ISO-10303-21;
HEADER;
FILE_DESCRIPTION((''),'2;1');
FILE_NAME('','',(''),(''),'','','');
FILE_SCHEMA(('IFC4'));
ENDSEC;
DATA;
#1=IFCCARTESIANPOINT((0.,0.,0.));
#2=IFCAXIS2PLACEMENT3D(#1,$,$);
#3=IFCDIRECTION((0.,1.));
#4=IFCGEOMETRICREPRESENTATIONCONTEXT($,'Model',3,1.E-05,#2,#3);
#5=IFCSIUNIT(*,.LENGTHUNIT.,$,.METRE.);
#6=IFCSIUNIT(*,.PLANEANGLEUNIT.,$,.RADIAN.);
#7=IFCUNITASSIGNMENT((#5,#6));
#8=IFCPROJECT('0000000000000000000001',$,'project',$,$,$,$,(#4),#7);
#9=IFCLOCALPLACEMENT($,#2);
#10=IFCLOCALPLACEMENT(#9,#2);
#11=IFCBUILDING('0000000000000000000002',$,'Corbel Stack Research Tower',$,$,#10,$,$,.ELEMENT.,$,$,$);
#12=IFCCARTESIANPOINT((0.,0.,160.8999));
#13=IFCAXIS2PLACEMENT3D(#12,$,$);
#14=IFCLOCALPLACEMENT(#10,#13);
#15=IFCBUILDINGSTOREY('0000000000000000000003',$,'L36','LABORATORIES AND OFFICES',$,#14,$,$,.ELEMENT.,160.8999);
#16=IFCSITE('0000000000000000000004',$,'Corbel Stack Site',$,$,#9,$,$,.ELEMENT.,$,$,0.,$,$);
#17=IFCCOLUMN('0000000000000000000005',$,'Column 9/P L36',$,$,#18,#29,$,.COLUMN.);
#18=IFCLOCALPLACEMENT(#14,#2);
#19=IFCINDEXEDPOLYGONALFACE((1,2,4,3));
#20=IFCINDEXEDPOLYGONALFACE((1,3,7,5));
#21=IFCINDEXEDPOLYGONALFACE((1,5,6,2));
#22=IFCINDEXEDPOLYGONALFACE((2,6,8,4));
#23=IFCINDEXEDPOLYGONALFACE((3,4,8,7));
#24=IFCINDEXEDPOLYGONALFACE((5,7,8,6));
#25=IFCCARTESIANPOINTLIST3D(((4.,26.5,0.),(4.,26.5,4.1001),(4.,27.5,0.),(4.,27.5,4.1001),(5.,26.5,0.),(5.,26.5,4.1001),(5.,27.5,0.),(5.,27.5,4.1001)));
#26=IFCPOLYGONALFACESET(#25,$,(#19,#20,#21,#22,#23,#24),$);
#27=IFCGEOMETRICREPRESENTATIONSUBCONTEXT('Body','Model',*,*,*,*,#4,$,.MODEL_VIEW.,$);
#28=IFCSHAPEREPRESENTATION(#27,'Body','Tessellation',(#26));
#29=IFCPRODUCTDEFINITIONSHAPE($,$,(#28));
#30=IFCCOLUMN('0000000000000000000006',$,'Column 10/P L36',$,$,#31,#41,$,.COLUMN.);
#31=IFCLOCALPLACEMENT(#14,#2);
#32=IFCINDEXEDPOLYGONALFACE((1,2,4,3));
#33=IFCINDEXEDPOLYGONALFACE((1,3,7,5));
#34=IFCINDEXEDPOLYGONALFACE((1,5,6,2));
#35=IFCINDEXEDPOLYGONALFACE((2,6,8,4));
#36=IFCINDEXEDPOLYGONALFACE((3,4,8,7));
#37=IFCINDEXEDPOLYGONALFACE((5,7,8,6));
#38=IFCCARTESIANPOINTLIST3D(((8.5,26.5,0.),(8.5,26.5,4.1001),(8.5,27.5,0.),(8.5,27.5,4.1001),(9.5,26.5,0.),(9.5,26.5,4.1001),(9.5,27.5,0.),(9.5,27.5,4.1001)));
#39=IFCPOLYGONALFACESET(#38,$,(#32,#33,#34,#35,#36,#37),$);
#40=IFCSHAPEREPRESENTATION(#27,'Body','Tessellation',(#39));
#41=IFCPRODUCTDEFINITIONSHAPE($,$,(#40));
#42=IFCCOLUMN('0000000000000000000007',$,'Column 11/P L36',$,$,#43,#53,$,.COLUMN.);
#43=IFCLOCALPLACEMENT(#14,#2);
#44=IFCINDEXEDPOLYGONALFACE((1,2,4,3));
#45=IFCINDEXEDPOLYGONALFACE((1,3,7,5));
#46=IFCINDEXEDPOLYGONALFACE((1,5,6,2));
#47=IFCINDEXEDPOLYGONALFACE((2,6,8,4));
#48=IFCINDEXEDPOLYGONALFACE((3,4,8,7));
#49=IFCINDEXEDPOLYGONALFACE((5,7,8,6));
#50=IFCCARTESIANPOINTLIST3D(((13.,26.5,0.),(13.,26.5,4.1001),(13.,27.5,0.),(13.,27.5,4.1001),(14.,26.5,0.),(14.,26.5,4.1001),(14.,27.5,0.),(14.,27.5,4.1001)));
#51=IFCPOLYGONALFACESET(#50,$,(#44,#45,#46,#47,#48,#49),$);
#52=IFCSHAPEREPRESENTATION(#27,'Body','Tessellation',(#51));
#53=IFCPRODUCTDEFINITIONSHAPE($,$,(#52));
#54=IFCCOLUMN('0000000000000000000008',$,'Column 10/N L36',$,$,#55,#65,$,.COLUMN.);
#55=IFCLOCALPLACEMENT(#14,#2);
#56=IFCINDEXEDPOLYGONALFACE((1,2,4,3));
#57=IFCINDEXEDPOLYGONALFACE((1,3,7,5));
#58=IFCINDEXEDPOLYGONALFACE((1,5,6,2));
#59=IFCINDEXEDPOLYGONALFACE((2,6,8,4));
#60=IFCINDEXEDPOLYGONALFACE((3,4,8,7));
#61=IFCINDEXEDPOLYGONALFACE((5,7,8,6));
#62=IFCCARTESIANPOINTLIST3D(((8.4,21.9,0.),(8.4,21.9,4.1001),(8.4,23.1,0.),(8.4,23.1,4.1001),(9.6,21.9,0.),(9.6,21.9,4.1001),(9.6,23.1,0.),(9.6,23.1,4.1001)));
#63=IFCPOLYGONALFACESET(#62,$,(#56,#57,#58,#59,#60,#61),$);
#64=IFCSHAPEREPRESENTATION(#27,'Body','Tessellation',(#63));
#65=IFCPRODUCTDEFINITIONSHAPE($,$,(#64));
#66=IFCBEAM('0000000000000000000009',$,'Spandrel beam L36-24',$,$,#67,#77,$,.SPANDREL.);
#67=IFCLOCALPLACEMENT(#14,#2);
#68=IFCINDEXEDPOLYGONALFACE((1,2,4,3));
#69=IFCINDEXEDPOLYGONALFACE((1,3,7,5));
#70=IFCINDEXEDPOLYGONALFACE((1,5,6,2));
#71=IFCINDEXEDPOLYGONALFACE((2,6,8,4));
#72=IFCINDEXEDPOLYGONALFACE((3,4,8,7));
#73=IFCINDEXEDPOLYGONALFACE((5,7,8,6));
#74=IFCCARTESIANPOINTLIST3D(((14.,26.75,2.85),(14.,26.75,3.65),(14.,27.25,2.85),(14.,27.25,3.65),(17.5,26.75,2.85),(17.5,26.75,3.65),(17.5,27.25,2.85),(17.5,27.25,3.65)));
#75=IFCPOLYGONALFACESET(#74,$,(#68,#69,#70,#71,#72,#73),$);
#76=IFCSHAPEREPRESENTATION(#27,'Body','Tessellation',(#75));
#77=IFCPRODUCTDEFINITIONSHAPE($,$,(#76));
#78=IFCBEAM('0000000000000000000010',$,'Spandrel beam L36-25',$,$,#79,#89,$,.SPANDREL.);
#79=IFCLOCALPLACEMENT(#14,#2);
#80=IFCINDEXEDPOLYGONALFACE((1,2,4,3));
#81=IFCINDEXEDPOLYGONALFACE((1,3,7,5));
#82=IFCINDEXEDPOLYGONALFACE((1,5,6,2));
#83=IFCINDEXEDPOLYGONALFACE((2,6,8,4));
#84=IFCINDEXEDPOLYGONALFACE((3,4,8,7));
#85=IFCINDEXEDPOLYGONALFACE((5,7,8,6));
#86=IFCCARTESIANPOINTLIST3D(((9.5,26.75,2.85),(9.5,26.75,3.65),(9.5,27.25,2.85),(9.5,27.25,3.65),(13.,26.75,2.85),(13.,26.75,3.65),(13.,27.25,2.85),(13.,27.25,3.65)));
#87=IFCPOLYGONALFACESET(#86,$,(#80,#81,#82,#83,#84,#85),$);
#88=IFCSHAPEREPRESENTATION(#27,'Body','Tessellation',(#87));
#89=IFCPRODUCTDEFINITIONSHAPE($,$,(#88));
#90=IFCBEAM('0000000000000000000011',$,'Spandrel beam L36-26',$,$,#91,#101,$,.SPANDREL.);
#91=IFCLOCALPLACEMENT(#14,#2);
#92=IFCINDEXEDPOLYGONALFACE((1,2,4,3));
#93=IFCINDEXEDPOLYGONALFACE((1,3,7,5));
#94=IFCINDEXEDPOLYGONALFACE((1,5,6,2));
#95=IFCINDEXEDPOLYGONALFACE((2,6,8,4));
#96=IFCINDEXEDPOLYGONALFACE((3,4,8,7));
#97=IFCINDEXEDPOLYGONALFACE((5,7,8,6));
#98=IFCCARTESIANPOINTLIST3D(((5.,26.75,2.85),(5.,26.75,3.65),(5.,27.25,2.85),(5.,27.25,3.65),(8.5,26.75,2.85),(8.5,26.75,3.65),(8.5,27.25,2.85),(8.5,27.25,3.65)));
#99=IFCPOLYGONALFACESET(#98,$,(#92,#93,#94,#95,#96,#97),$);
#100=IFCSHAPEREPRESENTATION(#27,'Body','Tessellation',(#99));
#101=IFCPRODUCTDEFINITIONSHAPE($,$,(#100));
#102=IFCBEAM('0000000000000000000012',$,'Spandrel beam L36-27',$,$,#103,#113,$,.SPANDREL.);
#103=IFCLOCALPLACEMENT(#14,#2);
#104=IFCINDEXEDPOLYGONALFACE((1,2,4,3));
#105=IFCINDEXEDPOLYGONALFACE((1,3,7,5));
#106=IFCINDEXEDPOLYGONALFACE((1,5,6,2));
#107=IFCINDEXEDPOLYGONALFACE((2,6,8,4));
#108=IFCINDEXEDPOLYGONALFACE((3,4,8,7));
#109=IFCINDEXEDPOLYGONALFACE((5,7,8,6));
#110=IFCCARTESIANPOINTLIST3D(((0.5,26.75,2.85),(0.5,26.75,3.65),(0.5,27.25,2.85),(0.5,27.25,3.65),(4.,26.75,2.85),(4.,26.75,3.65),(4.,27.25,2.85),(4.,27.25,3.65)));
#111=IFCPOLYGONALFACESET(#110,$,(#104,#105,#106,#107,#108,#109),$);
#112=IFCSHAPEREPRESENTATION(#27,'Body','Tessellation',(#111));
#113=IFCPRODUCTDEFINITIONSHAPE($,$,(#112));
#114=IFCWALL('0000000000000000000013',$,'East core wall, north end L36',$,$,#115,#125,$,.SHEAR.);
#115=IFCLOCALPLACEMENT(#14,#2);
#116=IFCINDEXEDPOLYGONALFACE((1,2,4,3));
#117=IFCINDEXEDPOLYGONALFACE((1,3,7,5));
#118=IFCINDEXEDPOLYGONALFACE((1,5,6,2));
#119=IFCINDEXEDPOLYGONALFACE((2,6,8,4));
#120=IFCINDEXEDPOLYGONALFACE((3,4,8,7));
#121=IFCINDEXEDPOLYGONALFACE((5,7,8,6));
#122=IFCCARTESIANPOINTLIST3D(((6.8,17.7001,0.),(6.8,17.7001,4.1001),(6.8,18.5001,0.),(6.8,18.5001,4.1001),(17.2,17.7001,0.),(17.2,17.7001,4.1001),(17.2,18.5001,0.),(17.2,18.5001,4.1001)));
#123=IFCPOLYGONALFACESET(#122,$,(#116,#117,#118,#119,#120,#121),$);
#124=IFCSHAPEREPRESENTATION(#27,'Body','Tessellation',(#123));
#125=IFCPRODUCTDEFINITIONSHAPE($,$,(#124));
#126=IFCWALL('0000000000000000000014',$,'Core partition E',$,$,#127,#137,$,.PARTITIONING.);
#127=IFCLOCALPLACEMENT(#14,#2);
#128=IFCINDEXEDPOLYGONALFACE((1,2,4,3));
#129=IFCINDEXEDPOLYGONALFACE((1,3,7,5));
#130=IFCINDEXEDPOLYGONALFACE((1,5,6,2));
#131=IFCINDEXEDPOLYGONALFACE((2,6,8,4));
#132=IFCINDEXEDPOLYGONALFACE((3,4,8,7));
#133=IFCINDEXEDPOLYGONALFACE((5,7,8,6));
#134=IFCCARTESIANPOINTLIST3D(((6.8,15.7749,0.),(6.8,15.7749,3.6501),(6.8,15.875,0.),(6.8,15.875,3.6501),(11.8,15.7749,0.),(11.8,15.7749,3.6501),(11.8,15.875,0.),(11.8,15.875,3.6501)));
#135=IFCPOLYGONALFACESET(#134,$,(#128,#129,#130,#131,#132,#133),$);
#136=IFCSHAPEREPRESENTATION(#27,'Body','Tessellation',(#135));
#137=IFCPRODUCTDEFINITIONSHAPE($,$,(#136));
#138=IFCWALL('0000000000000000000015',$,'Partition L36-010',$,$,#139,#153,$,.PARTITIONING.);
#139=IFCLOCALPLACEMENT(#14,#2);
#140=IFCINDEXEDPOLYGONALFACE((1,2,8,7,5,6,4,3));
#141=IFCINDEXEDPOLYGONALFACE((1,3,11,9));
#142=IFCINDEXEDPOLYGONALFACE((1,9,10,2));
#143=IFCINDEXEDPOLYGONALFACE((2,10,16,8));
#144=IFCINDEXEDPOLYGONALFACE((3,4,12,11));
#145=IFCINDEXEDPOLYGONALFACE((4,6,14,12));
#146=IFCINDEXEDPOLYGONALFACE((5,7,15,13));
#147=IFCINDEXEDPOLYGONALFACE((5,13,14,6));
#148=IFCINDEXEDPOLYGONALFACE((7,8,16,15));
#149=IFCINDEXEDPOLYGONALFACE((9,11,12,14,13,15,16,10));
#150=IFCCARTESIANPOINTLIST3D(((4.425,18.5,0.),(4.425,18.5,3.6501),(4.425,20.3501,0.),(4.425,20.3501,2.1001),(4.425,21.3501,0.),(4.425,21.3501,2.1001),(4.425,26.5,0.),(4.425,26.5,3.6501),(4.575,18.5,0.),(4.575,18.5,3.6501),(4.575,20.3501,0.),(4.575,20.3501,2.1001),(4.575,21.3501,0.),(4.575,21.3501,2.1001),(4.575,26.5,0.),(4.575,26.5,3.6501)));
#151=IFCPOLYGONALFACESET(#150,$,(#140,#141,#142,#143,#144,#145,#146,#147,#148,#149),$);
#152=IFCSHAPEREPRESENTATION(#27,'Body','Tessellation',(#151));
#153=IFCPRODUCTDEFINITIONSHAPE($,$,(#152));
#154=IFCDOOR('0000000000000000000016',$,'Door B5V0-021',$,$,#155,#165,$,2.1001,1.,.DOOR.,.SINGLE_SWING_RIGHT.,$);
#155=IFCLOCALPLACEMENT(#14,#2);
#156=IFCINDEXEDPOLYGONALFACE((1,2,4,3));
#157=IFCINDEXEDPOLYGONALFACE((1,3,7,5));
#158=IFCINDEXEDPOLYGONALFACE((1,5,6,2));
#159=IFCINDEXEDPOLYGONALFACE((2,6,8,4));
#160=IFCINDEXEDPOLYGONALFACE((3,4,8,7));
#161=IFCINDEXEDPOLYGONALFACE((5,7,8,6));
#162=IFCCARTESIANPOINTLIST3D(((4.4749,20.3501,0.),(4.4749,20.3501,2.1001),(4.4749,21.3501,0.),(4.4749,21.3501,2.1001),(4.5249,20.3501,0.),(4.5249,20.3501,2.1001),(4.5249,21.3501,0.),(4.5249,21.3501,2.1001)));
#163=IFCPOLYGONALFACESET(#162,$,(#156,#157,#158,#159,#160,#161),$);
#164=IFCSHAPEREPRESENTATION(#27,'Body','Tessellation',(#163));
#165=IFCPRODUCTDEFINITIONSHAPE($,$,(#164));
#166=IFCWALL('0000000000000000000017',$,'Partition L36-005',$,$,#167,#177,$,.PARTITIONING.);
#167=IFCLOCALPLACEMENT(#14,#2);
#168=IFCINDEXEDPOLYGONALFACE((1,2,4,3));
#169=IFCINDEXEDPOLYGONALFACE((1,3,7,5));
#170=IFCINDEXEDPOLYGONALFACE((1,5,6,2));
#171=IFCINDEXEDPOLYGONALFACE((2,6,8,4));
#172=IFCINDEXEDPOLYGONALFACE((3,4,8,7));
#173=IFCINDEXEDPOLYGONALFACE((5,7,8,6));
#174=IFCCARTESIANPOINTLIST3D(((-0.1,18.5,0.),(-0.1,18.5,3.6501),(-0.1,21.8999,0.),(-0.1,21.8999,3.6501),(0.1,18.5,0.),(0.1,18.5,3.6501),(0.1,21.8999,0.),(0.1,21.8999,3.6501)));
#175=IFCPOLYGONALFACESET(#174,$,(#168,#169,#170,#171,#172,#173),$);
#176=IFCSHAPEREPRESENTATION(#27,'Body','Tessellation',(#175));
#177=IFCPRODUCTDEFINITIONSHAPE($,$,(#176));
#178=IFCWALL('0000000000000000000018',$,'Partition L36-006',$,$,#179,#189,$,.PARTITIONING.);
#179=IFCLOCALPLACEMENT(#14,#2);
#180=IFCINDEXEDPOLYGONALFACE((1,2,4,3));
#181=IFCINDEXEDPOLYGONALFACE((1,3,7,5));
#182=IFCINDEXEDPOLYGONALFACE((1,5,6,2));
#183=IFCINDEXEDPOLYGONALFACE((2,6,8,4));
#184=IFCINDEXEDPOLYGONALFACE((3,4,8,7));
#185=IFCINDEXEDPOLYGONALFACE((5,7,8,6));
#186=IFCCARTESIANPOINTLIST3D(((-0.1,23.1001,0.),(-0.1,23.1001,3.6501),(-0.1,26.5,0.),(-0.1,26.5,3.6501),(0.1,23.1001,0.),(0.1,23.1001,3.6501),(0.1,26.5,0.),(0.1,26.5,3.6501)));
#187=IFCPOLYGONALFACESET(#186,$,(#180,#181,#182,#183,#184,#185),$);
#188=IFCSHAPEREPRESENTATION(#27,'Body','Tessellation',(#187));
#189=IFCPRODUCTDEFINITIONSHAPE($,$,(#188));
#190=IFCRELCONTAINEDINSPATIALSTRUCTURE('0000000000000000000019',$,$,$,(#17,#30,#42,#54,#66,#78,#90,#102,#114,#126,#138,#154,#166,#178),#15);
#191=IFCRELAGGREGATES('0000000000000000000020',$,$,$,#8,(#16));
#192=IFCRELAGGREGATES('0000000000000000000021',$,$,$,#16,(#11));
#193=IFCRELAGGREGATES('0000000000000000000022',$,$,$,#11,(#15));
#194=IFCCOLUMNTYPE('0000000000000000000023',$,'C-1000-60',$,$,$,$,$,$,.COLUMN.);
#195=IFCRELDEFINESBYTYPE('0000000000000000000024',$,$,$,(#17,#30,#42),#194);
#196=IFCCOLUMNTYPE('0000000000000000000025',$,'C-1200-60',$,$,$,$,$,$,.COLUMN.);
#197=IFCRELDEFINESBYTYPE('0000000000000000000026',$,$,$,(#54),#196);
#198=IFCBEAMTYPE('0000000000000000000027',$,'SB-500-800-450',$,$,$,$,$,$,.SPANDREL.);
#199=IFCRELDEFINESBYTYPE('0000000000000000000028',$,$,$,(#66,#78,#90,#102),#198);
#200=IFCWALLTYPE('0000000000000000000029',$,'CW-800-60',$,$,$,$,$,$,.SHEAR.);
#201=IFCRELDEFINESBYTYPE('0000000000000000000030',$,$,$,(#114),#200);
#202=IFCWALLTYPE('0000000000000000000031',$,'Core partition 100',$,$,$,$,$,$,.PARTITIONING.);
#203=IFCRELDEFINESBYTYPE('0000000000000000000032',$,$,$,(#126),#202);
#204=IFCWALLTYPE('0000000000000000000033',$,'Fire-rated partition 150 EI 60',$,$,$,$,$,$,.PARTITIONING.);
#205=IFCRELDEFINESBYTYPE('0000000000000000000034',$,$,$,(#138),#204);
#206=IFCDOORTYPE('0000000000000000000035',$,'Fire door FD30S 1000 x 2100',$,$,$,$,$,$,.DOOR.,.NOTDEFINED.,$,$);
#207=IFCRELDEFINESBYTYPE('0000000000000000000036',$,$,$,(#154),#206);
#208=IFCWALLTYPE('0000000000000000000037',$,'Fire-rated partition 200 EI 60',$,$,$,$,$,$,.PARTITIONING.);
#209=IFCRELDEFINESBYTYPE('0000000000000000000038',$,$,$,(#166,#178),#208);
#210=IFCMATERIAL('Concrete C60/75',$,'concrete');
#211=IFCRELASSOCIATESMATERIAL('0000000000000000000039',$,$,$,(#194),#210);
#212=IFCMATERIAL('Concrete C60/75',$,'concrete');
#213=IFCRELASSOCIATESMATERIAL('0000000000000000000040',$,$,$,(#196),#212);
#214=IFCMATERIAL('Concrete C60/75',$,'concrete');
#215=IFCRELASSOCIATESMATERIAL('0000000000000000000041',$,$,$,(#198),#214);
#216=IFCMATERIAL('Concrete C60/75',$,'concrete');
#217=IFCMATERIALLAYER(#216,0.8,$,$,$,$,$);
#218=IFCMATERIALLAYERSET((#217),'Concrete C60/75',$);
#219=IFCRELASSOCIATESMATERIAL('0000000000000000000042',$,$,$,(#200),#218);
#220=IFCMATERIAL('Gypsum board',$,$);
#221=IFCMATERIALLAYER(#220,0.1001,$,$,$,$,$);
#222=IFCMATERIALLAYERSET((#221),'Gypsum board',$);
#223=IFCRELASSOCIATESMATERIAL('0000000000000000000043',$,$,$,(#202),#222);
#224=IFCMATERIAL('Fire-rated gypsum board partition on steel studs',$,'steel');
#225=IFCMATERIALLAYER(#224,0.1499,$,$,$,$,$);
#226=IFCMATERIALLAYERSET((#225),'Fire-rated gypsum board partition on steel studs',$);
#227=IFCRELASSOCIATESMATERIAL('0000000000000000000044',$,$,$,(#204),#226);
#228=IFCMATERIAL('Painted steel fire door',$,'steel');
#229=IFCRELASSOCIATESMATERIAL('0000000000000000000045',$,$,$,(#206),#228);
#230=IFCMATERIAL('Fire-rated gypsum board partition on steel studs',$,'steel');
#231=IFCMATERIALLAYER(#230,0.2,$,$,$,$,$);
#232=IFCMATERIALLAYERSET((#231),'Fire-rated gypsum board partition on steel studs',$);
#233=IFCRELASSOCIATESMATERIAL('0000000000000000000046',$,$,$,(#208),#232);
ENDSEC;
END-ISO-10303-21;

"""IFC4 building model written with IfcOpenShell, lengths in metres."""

from ifc_helpers import new_model, si_unit, direction, frame, frame_2d, origin, origin_2d, place, context, subcontext, project, spatial, rectangle, extrude, material, layer, layer_set, material_profile, profile_set, type_object, element, fill, save


model = new_model("IFC4")

# Units and contexts
model_context = context("Model", 3, precision=1e-05, world=origin(), true_north=direction((0.0, 1.0)))
body_context = subcontext(model_context, "Body", "Model", "MODEL_VIEW")
ifc_project = project(units=[si_unit("LENGTHUNIT", "METRE"), si_unit("PLANEANGLEUNIT", "RADIAN")], contexts=[model_context])

# Site, building, storey
site_placement = place(None, origin())
site = spatial("IfcSite", under=ifc_project, at=site_placement, Name="Corbel Stack Site", CompositionType="ELEMENT", RefElevation=0.0)
building_placement = place(site_placement, origin())
building = spatial("IfcBuilding", under=site, at=building_placement, Name="Corbel Stack Research Tower", CompositionType="ELEMENT")
storey_placement = place(building_placement, frame((0.0, 0.0, 160.8999)))
storey = spatial("IfcBuildingStorey", under=building, at=storey_placement, Name="L36", Description="LABORATORIES AND OFFICES", CompositionType="ELEMENT", Elevation=160.8999)

# Columns
ifc_material_1 = material(Name="Concrete C60/75", Category="concrete")
ifc_material_profile_1 = material_profile(ifc_material_1, rectangle(XDim=1.0, YDim=1.0, at=origin_2d()), Name="RC 1000 x 1000")
ifc_profile_set_1 = profile_set([ifc_material_profile_1], Name="Concrete C60/75")
column_type_1 = type_object("IfcColumnType", Name="C-1000-60", PredefinedType="COLUMN", material=ifc_profile_set_1)
for number, where, z_axis, x_axis, name in (
    (1, (4.5, 27.0, 0.0), (0.0, 0.0, 1.0), (1.0, 0.0, 0.0), "Column 9/P L36"),
    (2, (9.0, 27.0, 0.0), (0.0, 0.0, 1.0), (1.0, 0.0, 0.0), "Column 10/P L36"),
    (3, (13.5, 27.0, 0.0), (0.0, 0.0, 1.0), (1.0, 0.0, 0.0), "Column 11/P L36"),
):
    element("IfcColumn", number, at=place(storey_placement, frame(where, z_axis=z_axis, x_axis=x_axis)), inside=storey, type_object=column_type_1, Name=name, PredefinedType="COLUMN", context=body_context, shape_type="SweptSolid", body=[
        extrude(rectangle(XDim=1.0, YDim=1.0, at=origin_2d()), origin(), (0.0, 0.0, 1.0), 4.1001),
    ])
ifc_material_2 = material(Name="Concrete C60/75", Category="concrete")
ifc_material_profile_2 = material_profile(ifc_material_2, rectangle(XDim=1.2, YDim=1.2, at=origin_2d()), Name="RC 1200 x 1200")
ifc_profile_set_2 = profile_set([ifc_material_profile_2], Name="Concrete C60/75")
column_type_2 = type_object("IfcColumnType", Name="C-1200-60", PredefinedType="COLUMN", material=ifc_profile_set_2)
column_placement = place(storey_placement, frame((9.0, 22.5, 0.0), z_axis=(0.0, 0.0, 1.0), x_axis=(1.0, 0.0, 0.0)))
element("IfcColumn", 4, at=column_placement, inside=storey, type_object=column_type_2, Name="Column 10/N L36", PredefinedType="COLUMN", context=body_context, shape_type="SweptSolid", body=[
    extrude(rectangle(XDim=1.2, YDim=1.2, at=origin_2d()), origin(), (0.0, 0.0, 1.0), 4.1001),
])

# Beams
ifc_material_3 = material(Name="Concrete C60/75", Category="concrete")
ifc_material_profile_3 = material_profile(ifc_material_3, rectangle(XDim=0.5, YDim=0.8, at=origin_2d()), Name="RC 500 x 800")
ifc_profile_set_3 = profile_set([ifc_material_profile_3], Name="Concrete C60/75")
beam_type = type_object("IfcBeamType", Name="SB-500-800-450", PredefinedType="SPANDREL", material=ifc_profile_set_3)
for number, where, z_axis, x_axis, name in (
    (5, (17.5, 27.0, 3.25), (-1.0, 0.0, 0.0), (0.0, -1.0, 0.0), "Spandrel beam L36-24"),
    (6, (13.0, 27.0, 3.25), (-1.0, 0.0, 0.0), (0.0, -1.0, 0.0), "Spandrel beam L36-25"),
    (7, (8.5, 27.0, 3.25), (-1.0, 0.0, 0.0), (0.0, -1.0, 0.0), "Spandrel beam L36-26"),
    (8, (4.0, 27.0, 3.25), (-1.0, 0.0, 0.0), (0.0, -1.0, 0.0), "Spandrel beam L36-27"),
):
    element("IfcBeam", number, at=place(storey_placement, frame(where, z_axis=z_axis, x_axis=x_axis)), inside=storey, type_object=beam_type, Name=name, PredefinedType="SPANDREL", context=body_context, shape_type="SweptSolid", body=[
        extrude(rectangle(XDim=0.5, YDim=0.8, at=origin_2d()), origin(), (0.0, 0.0, 1.0), 3.5),
    ])

# Walls
ifc_material_4 = material(Name="Concrete C60/75", Category="concrete")
ifc_layer_1 = layer(ifc_material_4, 0.8)
ifc_layer_set_1 = layer_set([ifc_layer_1], Name="Concrete C60/75")
wall_type_1 = type_object("IfcWallType", Name="CW-800-60", PredefinedType="SHEAR", material=ifc_layer_set_1)
wall_1_placement = place(storey_placement, frame((6.8, 18.1001, 0.0), z_axis=(0.0, 0.0, 1.0), x_axis=(1.0, 0.0, 0.0)))
element("IfcWall", 9, at=wall_1_placement, inside=storey, type_object=wall_type_1, Name="East core wall, north end L36", PredefinedType="SHEAR", context=body_context, shape_type="SweptSolid", body=[
    extrude(rectangle(XDim=10.3999, YDim=0.8, at=frame_2d((5.2, 0.0))), origin(), (0.0, 0.0, 1.0), 4.1001),
])
ifc_material_5 = material(Name="Gypsum board")
ifc_layer_2 = layer(ifc_material_5, 0.1001)
ifc_layer_set_2 = layer_set([ifc_layer_2], Name="Gypsum board")
wall_type_2 = type_object("IfcWallType", Name="Core partition 100", PredefinedType="PARTITIONING", material=ifc_layer_set_2)
wall_2_placement = place(storey_placement, frame((6.8, 15.825, 0.0), z_axis=(0.0, 0.0, 1.0), x_axis=(1.0, 0.0, 0.0)))
element("IfcWall", 10, at=wall_2_placement, inside=storey, type_object=wall_type_2, Name="Core partition E", PredefinedType="PARTITIONING", context=body_context, shape_type="SweptSolid", body=[
    extrude(rectangle(XDim=5.0, YDim=0.1001, at=frame_2d((2.5, 0.0))), origin(), (0.0, 0.0, 1.0), 3.6501),
])

# Wall, opening, door
ifc_material_6 = material(Name="Fire-rated gypsum board partition on steel studs", Category="steel")
ifc_layer_3 = layer(ifc_material_6, 0.1499)
ifc_layer_set_3 = layer_set([ifc_layer_3], Name="Fire-rated gypsum board partition on steel studs")
wall_type_3 = type_object("IfcWallType", Name="Fire-rated partition 150 EI 60", PredefinedType="PARTITIONING", material=ifc_layer_set_3)
wall_3_placement = place(storey_placement, frame((4.5, 26.5, 0.0), z_axis=(0.0, 0.0, 1.0), x_axis=(0.0, -1.0, 0.0)))
wall_3 = element("IfcWall", 11, at=wall_3_placement, inside=storey, type_object=wall_type_3, Name="Partition L36-010", PredefinedType="PARTITIONING", context=body_context, shape_type="SweptSolid", body=[
    extrude(rectangle(XDim=8.0, YDim=0.1499, at=frame_2d((4.0, 0.0))), origin(), (0.0, 0.0, 1.0), 3.6501),
])
opening_1_placement = place(wall_3_placement, frame((5.1499, 0.0, 0.0)))
opening_1 = element("IfcOpeningElement", 12, at=opening_1_placement, cuts=wall_3, PredefinedType="OPENING", context=body_context, shape_type="SweptSolid", body=[
    extrude(rectangle(XDim=1.0, YDim=2.1001, at=frame_2d((0.5, 1.05))), frame((0.0, 0.085, 0.0), z_axis=(0.0, -1.0, 0.0), x_axis=(1.0, 0.0, 0.0)), (0.0, 0.0, 1.0), 0.1699),
])
ifc_material_7 = material(Name="Painted steel fire door", Category="steel")
door_type_1 = type_object("IfcDoorType", Name="Fire door FD30S 1000 x 2100", OperationType="NOTDEFINED", PredefinedType="DOOR", material=ifc_material_7)
door_1_placement = place(opening_1_placement, origin())
door_1 = element("IfcDoor", 13, at=door_1_placement, inside=storey, type_object=door_type_1, Name="Door B5V0-021", OperationType="SINGLE_SWING_RIGHT", OverallHeight=2.1001, OverallWidth=1.0, PredefinedType="DOOR", context=body_context, shape_type="SweptSolid", body=[
    extrude(rectangle(XDim=1.0, YDim=2.1001, at=frame_2d((0.5, 1.05))), frame((0.0, 0.0249, 0.0), z_axis=(0.0, -1.0, 0.0), x_axis=(1.0, 0.0, 0.0)), (0.0, 0.0, 1.0), 0.05),
])
fill(opening_1, door_1)

# Walls
ifc_material_8 = material(Name="Fire-rated gypsum board partition on steel studs", Category="steel")
ifc_layer_4 = layer(ifc_material_8, 0.2)
ifc_layer_set_4 = layer_set([ifc_layer_4], Name="Fire-rated gypsum board partition on steel studs")
wall_type_4 = type_object("IfcWallType", Name="Fire-rated partition 200 EI 60", PredefinedType="PARTITIONING", material=ifc_layer_set_4)
for number, where, z_axis, x_axis, name in (
    (14, (0.0, 18.5, 0.0), (0.0, 0.0, 1.0), (0.0, 1.0, 0.0), "Partition L36-005"),
    (15, (0.0, 23.1001, 0.0), (0.0, 0.0, 1.0), (0.0, 1.0, 0.0), "Partition L36-006"),
):
    element("IfcWall", number, at=place(storey_placement, frame(where, z_axis=z_axis, x_axis=x_axis)), inside=storey, type_object=wall_type_4, Name=name, PredefinedType="PARTITIONING", context=body_context, shape_type="SweptSolid", body=[
        extrude(rectangle(XDim=3.3999, YDim=0.2, at=frame_2d((1.7, 0.0))), origin(), (0.0, 0.0, 1.0), 3.6501),
    ])

save(model, "model.ifc")
